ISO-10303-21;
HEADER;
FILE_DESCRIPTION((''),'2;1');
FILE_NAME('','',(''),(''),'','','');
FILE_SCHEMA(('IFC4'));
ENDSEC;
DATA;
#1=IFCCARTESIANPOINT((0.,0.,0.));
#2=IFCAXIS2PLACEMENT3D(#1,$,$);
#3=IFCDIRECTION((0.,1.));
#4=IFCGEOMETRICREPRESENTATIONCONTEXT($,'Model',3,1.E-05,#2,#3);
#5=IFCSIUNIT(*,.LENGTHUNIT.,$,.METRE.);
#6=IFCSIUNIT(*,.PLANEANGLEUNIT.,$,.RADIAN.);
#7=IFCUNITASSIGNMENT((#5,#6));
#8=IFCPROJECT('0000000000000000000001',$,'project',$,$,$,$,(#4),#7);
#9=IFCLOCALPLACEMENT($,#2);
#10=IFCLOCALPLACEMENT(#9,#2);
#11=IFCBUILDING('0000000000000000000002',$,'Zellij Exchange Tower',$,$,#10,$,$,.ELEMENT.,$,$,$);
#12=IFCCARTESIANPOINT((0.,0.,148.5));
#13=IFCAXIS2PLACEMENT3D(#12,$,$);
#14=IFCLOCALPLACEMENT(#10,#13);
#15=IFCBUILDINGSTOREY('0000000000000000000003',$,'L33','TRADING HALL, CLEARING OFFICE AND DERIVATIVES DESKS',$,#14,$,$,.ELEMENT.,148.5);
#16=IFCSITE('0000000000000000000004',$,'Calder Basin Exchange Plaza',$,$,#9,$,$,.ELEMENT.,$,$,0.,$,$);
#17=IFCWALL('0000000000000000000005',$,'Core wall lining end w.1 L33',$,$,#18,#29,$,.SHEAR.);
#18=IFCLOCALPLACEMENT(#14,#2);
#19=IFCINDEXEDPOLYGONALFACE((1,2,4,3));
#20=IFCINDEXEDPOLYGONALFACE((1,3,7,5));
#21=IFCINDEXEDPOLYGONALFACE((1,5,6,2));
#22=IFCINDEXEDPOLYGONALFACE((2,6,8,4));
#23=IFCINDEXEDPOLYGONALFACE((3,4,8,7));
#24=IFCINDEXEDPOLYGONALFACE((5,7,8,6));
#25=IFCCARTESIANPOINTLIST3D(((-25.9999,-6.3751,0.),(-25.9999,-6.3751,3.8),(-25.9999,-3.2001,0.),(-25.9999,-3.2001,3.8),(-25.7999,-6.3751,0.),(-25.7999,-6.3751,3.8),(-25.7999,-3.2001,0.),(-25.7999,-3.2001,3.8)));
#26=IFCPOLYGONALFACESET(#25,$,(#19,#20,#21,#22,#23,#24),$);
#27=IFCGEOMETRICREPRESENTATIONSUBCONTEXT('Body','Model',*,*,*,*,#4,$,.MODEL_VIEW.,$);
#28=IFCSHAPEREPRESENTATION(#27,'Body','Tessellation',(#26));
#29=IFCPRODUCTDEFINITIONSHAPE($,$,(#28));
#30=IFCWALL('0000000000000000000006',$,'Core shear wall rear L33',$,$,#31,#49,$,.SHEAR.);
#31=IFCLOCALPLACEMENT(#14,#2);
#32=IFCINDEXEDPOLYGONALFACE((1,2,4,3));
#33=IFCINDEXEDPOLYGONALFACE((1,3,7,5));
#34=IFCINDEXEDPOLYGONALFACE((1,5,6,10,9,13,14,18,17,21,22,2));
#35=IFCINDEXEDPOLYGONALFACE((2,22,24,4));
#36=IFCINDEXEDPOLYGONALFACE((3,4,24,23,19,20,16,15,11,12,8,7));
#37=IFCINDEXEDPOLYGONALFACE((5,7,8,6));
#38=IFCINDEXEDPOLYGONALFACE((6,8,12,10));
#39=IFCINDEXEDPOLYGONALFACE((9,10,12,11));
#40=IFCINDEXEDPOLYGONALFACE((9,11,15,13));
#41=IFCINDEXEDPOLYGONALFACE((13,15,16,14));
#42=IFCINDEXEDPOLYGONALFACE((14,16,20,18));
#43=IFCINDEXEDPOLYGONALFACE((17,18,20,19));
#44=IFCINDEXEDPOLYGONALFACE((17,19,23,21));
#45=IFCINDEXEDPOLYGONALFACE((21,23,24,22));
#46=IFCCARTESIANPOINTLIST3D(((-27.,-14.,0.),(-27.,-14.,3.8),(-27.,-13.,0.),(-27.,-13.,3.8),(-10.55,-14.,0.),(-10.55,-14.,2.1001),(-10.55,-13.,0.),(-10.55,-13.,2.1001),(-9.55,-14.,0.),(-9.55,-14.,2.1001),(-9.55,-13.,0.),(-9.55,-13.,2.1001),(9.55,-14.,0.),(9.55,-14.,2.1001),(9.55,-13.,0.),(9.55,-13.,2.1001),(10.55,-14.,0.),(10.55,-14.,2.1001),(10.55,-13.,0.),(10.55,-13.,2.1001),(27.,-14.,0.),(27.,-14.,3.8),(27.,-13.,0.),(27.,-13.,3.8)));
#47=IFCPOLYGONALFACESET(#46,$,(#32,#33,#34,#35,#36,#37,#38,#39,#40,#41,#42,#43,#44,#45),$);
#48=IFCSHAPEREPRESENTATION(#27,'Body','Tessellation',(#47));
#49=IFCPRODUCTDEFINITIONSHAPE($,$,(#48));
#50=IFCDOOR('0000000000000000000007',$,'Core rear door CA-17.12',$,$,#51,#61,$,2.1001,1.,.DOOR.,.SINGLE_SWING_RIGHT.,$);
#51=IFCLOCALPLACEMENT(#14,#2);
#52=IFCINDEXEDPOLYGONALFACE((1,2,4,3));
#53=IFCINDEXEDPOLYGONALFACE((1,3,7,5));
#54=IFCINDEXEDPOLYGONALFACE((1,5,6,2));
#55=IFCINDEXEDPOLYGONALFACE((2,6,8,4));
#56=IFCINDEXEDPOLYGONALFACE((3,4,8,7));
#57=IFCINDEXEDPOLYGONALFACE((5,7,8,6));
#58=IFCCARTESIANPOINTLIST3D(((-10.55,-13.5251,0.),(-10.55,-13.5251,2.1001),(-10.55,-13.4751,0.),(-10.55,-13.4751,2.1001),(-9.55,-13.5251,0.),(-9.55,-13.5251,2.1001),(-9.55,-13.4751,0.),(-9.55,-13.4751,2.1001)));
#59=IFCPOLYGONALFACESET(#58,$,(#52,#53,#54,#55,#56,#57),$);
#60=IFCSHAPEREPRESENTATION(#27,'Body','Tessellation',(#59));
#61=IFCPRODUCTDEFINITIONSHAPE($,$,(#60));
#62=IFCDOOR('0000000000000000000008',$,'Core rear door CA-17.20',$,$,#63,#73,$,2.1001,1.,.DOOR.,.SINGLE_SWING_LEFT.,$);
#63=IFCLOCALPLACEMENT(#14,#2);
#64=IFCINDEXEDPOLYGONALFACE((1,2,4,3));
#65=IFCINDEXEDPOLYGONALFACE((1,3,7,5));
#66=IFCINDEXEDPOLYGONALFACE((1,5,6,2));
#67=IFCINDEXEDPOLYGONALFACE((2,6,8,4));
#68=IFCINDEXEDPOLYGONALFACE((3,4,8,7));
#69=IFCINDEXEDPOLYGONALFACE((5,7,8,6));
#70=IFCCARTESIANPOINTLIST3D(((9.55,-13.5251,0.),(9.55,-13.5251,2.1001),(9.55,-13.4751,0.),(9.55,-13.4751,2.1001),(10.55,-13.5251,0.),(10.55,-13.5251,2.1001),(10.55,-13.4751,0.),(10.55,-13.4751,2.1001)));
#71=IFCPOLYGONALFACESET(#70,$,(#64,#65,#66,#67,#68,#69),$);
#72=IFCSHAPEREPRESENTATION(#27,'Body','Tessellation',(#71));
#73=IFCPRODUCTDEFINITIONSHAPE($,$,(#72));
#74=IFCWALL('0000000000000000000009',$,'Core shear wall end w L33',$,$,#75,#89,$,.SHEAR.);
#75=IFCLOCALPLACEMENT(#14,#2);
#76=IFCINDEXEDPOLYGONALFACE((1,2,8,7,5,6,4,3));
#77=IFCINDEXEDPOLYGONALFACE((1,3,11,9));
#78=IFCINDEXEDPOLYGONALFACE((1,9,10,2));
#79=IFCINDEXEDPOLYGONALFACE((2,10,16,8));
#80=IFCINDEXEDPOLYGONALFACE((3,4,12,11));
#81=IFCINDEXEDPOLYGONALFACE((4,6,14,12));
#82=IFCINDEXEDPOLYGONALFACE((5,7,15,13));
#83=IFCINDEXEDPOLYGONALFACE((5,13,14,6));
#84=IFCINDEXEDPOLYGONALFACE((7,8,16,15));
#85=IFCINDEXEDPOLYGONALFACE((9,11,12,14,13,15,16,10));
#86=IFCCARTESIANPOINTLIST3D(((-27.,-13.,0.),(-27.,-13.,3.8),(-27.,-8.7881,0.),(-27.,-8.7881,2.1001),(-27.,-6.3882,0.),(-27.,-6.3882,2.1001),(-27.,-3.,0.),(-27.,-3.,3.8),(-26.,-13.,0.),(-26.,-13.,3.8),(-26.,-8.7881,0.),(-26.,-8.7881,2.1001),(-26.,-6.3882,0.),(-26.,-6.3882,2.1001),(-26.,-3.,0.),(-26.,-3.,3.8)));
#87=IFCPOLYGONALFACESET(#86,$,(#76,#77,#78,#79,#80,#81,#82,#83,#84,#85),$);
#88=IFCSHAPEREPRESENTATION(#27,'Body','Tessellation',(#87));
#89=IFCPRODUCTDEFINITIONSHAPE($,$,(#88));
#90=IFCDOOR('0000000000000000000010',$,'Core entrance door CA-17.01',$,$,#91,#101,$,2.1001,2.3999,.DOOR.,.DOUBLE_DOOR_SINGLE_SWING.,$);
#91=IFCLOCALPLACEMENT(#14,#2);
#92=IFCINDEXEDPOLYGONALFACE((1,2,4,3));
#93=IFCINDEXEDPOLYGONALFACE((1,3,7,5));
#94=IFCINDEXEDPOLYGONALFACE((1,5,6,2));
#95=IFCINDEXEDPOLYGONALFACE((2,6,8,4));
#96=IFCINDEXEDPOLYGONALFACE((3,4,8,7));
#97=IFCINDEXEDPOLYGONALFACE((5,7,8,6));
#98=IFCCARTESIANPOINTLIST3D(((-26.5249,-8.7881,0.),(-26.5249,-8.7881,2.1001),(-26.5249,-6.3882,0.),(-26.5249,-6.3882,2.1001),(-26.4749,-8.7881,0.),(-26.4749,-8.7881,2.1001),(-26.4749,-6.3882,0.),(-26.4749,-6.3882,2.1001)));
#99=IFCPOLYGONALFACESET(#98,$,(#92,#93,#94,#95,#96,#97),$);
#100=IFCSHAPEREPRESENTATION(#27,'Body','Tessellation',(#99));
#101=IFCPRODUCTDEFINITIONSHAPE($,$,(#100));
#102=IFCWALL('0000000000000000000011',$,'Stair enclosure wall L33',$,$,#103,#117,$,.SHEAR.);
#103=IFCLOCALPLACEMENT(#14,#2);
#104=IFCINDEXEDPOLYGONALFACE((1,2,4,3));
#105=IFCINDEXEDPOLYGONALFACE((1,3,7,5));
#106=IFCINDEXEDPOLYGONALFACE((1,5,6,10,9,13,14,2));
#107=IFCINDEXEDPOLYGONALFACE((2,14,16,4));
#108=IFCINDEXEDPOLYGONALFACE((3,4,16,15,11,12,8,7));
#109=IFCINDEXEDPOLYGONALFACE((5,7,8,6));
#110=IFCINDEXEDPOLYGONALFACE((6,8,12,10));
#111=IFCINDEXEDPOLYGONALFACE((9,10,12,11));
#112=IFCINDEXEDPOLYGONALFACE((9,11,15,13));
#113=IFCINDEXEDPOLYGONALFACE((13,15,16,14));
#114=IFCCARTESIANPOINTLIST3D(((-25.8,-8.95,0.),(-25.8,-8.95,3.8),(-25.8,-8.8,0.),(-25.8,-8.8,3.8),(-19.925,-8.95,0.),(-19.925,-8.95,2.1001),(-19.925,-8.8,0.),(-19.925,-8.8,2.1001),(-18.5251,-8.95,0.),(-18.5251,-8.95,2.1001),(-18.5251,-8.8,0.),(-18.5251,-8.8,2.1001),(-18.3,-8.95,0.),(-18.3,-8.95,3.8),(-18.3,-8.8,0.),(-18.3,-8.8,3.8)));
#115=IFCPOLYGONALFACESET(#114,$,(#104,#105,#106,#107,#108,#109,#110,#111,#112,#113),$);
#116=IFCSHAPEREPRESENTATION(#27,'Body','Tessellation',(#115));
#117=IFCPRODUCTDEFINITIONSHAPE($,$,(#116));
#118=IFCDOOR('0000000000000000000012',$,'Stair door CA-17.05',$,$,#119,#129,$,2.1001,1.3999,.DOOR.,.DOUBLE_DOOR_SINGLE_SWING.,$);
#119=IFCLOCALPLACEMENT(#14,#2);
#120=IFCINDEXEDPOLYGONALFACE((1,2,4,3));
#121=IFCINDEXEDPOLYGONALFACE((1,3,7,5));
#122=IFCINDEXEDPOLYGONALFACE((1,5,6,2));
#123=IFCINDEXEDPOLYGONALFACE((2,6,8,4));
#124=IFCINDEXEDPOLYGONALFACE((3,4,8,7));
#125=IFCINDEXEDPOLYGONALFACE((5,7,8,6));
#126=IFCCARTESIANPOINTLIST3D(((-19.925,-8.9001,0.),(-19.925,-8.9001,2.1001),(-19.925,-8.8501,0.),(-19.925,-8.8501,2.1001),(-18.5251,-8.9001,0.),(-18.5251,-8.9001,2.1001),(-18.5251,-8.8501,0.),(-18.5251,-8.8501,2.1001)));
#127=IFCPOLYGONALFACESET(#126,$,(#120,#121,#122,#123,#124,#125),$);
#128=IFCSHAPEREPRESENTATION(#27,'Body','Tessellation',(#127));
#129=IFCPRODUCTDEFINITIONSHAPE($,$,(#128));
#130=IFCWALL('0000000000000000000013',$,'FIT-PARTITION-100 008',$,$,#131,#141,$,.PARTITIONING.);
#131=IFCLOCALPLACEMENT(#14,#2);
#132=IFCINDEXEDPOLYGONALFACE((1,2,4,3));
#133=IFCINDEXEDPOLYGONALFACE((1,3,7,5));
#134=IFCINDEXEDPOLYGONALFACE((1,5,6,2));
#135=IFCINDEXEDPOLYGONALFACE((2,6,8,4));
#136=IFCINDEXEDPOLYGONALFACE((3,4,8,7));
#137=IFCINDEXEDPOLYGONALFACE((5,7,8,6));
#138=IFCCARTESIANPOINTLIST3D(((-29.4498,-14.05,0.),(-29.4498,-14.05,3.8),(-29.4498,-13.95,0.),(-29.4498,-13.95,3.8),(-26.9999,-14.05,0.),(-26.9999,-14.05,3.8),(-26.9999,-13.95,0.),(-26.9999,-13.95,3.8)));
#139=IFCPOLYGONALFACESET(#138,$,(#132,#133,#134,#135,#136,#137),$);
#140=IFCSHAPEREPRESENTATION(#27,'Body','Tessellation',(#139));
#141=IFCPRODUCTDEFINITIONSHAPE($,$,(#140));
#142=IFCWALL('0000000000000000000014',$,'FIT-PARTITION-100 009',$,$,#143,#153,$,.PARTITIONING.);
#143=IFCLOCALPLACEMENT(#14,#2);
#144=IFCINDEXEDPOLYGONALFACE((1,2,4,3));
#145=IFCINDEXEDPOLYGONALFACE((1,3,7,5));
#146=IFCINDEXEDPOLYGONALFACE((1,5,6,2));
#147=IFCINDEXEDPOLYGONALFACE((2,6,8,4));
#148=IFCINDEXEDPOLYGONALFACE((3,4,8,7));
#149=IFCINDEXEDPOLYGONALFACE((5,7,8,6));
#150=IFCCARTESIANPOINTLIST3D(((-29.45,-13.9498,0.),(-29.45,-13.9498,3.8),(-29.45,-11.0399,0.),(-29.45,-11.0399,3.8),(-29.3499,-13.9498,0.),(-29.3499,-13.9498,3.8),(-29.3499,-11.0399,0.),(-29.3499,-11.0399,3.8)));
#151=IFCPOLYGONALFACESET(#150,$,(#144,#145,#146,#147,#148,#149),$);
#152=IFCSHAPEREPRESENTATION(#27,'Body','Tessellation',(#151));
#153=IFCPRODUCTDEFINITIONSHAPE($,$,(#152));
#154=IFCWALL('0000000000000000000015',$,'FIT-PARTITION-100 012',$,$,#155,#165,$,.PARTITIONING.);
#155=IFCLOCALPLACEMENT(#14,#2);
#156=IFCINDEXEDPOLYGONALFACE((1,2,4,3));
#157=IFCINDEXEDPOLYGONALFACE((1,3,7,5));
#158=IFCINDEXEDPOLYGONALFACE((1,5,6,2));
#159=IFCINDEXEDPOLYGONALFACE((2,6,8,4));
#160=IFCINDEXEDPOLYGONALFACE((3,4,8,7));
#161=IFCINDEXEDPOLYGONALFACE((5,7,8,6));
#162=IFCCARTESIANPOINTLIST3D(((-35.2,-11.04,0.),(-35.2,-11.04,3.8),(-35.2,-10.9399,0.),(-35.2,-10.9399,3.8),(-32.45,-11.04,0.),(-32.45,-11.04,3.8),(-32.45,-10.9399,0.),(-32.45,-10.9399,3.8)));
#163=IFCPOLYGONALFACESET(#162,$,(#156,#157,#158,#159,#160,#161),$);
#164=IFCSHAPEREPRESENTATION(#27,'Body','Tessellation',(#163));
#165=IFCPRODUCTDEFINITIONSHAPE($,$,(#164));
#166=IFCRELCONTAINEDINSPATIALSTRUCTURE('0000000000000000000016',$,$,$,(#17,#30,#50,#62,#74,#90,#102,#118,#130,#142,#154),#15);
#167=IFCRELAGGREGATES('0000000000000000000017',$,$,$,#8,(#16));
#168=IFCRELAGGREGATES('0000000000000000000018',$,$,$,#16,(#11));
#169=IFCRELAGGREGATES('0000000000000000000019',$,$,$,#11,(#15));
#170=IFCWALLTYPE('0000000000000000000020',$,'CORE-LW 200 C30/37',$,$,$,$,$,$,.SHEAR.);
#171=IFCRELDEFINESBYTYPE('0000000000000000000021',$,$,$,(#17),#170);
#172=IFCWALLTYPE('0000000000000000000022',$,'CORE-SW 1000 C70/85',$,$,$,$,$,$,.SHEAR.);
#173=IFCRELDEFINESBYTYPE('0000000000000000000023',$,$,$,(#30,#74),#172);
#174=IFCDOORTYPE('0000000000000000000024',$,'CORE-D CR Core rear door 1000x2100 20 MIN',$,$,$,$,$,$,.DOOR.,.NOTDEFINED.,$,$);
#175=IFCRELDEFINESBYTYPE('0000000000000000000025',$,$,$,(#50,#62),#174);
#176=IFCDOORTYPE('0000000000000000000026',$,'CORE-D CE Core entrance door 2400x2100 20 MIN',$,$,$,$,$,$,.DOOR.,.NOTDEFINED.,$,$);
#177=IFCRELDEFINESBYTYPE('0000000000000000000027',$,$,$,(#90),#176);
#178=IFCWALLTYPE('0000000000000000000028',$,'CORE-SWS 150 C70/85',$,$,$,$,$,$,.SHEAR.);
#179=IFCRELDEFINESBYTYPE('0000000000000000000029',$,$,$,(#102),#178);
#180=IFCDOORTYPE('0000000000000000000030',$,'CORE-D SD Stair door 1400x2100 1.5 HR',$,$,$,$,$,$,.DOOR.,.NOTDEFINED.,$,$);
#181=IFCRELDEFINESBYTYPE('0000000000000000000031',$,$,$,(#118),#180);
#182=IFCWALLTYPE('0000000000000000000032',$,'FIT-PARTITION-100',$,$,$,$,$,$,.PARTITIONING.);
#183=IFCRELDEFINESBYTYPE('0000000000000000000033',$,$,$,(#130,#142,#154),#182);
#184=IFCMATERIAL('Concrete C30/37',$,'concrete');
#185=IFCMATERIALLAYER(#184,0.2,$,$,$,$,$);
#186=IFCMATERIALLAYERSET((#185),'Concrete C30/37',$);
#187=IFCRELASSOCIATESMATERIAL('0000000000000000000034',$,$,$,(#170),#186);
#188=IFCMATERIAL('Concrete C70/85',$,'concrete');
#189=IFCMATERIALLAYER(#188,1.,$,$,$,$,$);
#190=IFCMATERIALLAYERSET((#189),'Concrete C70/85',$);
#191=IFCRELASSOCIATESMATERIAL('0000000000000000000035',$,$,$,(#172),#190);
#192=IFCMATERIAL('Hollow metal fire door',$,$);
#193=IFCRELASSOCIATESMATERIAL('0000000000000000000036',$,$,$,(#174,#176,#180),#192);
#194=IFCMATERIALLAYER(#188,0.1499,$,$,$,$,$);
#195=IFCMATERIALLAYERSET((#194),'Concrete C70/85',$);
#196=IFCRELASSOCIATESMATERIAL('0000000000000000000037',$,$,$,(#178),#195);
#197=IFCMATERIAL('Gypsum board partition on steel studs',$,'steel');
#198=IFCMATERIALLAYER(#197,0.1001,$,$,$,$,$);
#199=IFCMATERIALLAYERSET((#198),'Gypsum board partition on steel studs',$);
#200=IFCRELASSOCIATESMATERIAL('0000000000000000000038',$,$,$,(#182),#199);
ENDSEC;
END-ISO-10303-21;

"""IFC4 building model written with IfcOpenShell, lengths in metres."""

from ifc_helpers import new_model, si_unit, direction, frame, frame_2d, origin, place, context, subcontext, project, spatial, rectangle, extrude, material, layer, layer_set, type_object, element, fill, save


model = new_model("IFC4")

# Units and contexts
model_context = context("Model", 3, precision=1e-05, world=origin(), true_north=direction((0.0, 1.0)))
body_context = subcontext(model_context, "Body", "Model", "MODEL_VIEW")
ifc_project = project(units=[si_unit("LENGTHUNIT", "METRE"), si_unit("PLANEANGLEUNIT", "RADIAN")], contexts=[model_context])

# Site, building, storey
site_placement = place(None, origin())
site = spatial("IfcSite", under=ifc_project, at=site_placement, Name="Calder Basin Exchange Plaza", CompositionType="ELEMENT", RefElevation=0.0)
building_placement = place(site_placement, origin())
building = spatial("IfcBuilding", under=site, at=building_placement, Name="Zellij Exchange Tower", CompositionType="ELEMENT")
storey_placement = place(building_placement, frame((0.0, 0.0, 148.5)))
storey = spatial("IfcBuildingStorey", under=building, at=storey_placement, Name="L33", Description="TRADING HALL, CLEARING OFFICE AND DERIVATIVES DESKS", CompositionType="ELEMENT", Elevation=148.5)

# Shared definitions
ifc_material_1 = material(Name="Concrete C70/85", Category="concrete")

# Wall
ifc_material_2 = material(Name="Concrete C30/37", Category="concrete")
ifc_layer_1 = layer(ifc_material_2, 0.2)
ifc_layer_set_1 = layer_set([ifc_layer_1], Name="Concrete C30/37")
wall_type_1 = type_object("IfcWallType", Name="CORE-LW 200 C30/37", PredefinedType="SHEAR", material=ifc_layer_set_1)
wall_1_placement = place(storey_placement, frame((-25.8999, -6.375, 0.0), z_axis=(0.0, 0.0, 1.0), x_axis=(0.0, 1.0, 0.0)))
element("IfcWall", 1, at=wall_1_placement, inside=storey, type_object=wall_type_1, Name="Core wall lining end w.1 L33", PredefinedType="SHEAR", context=body_context, shape_type="SweptSolid", body=[
    extrude(rectangle(XDim=3.175, YDim=0.2, at=frame_2d((1.5874, 0.0))), origin(), (0.0, 0.0, 1.0), 3.8),
])

# Wall, openings, doors
ifc_layer_2 = layer(ifc_material_1, 1.0)
ifc_layer_set_2 = layer_set([ifc_layer_2], Name="Concrete C70/85")
wall_type_2 = type_object("IfcWallType", Name="CORE-SW 1000 C70/85", PredefinedType="SHEAR", material=ifc_layer_set_2)
wall_2_placement = place(storey_placement, frame((-27.0, -13.5, 0.0), z_axis=(0.0, 0.0, 1.0), x_axis=(1.0, 0.0, 0.0)))
wall_2 = element("IfcWall", 2, at=wall_2_placement, inside=storey, type_object=wall_type_2, Name="Core shear wall rear L33", PredefinedType="SHEAR", context=body_context, shape_type="SweptSolid", body=[
    extrude(rectangle(XDim=54.0, YDim=1.0, at=frame_2d((27.0, 0.0))), origin(), (0.0, 0.0, 1.0), 3.8),
])
opening_1_placement = place(wall_2_placement, frame((16.45, 0.0, 0.0)))
opening_1 = element("IfcOpeningElement", 3, at=opening_1_placement, cuts=wall_2, PredefinedType="OPENING", context=body_context, shape_type="SweptSolid", body=[
    extrude(rectangle(XDim=1.0, YDim=2.1001, at=frame_2d((0.5, 1.05))), frame((0.0, 0.512, 0.0), z_axis=(0.0, -1.0, 0.0), x_axis=(1.0, 0.0, 0.0)), (0.0, 0.0, 1.0), 1.0239),
])
opening_2_placement = place(wall_2_placement, frame((36.55, 0.0, 0.0)))
opening_2 = element("IfcOpeningElement", 4, at=opening_2_placement, cuts=wall_2, PredefinedType="OPENING", context=body_context, shape_type="SweptSolid", body=[
    extrude(rectangle(XDim=1.0, YDim=2.1001, at=frame_2d((0.5, 1.05))), frame((0.0, 0.512, 0.0), z_axis=(0.0, -1.0, 0.0), x_axis=(1.0, 0.0, 0.0)), (0.0, 0.0, 1.0), 1.0239),
])
ifc_material_3 = material(Name="Hollow metal fire door")
door_type_1 = type_object("IfcDoorType", Name="CORE-D CR Core rear door 1000x2100 20 MIN", OperationType="NOTDEFINED", PredefinedType="DOOR", material=ifc_material_3)
door_1_placement = place(opening_1_placement, origin())
door_1 = element("IfcDoor", 5, at=door_1_placement, inside=storey, type_object=door_type_1, Name="Core rear door CA-17.12", OperationType="SINGLE_SWING_RIGHT", OverallHeight=2.1001, OverallWidth=1.0, PredefinedType="DOOR", context=body_context, shape_type="SweptSolid", body=[
    extrude(rectangle(XDim=1.0, YDim=2.1001, at=frame_2d((0.5, 1.05))), frame((0.0, 0.0249, 0.0), z_axis=(0.0, -1.0, 0.0), x_axis=(1.0, 0.0, 0.0)), (0.0, 0.0, 1.0), 0.05),
])
fill(opening_1, door_1)
door_2_placement = place(opening_2_placement, origin())
door_2 = element("IfcDoor", 6, at=door_2_placement, inside=storey, type_object=door_type_1, Name="Core rear door CA-17.20", OperationType="SINGLE_SWING_LEFT", OverallHeight=2.1001, OverallWidth=1.0, PredefinedType="DOOR", context=body_context, shape_type="SweptSolid", body=[
    extrude(rectangle(XDim=1.0, YDim=2.1001, at=frame_2d((0.5, 1.05))), frame((0.0, 0.0249, 0.0), z_axis=(0.0, -1.0, 0.0), x_axis=(1.0, 0.0, 0.0)), (0.0, 0.0, 1.0), 0.05),
])
fill(opening_2, door_2)

# Walls, openings, doors
wall_3_placement = place(storey_placement, frame((-26.5, -13.0, 0.0), z_axis=(0.0, 0.0, 1.0), x_axis=(0.0, 1.0, 0.0)))
wall_3 = element("IfcWall", 7, at=wall_3_placement, inside=storey, type_object=wall_type_2, Name="Core shear wall end w L33", PredefinedType="SHEAR", context=body_context, shape_type="SweptSolid", body=[
    extrude(rectangle(XDim=10.0, YDim=1.0, at=frame_2d((5.0, 0.0))), origin(), (0.0, 0.0, 1.0), 3.8),
])
opening_3_placement = place(wall_3_placement, frame((4.2119, 0.0, 0.0)))
opening_3 = element("IfcOpeningElement", 8, at=opening_3_placement, cuts=wall_3, PredefinedType="OPENING", context=body_context, shape_type="SweptSolid", body=[
    extrude(rectangle(XDim=2.3999, YDim=2.1001, at=frame_2d((1.2, 1.05))), frame((0.0, 0.512, 0.0), z_axis=(0.0, -1.0, 0.0), x_axis=(1.0, 0.0, 0.0)), (0.0, 0.0, 1.0), 1.0239),
])
door_type_2 = type_object("IfcDoorType", Name="CORE-D CE Core entrance door 2400x2100 20 MIN", OperationType="NOTDEFINED", PredefinedType="DOOR", material=ifc_material_3)
door_3_placement = place(opening_3_placement, origin())
door_3 = element("IfcDoor", 9, at=door_3_placement, inside=storey, type_object=door_type_2, Name="Core entrance door CA-17.01", OperationType="DOUBLE_DOOR_SINGLE_SWING", OverallHeight=2.1001, OverallWidth=2.3999, PredefinedType="DOOR", context=body_context, shape_type="SweptSolid", body=[
    extrude(rectangle(XDim=2.3999, YDim=2.1001, at=frame_2d((1.2, 1.05))), frame((0.0, 0.0249, 0.0), z_axis=(0.0, -1.0, 0.0), x_axis=(1.0, 0.0, 0.0)), (0.0, 0.0, 1.0), 0.05),
])
fill(opening_3, door_3)
ifc_layer_3 = layer(ifc_material_1, 0.1499)
ifc_layer_set_3 = layer_set([ifc_layer_3], Name="Concrete C70/85")
wall_type_3 = type_object("IfcWallType", Name="CORE-SWS 150 C70/85", PredefinedType="SHEAR", material=ifc_layer_set_3)
wall_4_placement = place(storey_placement, frame((-25.8, -8.875, 0.0), z_axis=(0.0, 0.0, 1.0), x_axis=(1.0, 0.0, 0.0)))
wall_4 = element("IfcWall", 10, at=wall_4_placement, inside=storey, type_object=wall_type_3, Name="Stair enclosure wall L33", PredefinedType="SHEAR", context=body_context, shape_type="SweptSolid", body=[
    extrude(rectangle(XDim=7.5, YDim=0.1499, at=frame_2d((3.75, 0.0))), origin(), (0.0, 0.0, 1.0), 3.8),
])
opening_4_placement = place(wall_4_placement, frame((5.875, 0.0, 0.0)))
opening_4 = element("IfcOpeningElement", 11, at=opening_4_placement, cuts=wall_4, PredefinedType="OPENING", context=body_context, shape_type="SweptSolid", body=[
    extrude(rectangle(XDim=1.3999, YDim=2.1001, at=frame_2d((0.7, 1.05))), frame((0.0, 0.0869, 0.0), z_axis=(0.0, -1.0, 0.0), x_axis=(1.0, 0.0, 0.0)), (0.0, 0.0, 1.0), 0.1738),
])
door_type_3 = type_object("IfcDoorType", Name="CORE-D SD Stair door 1400x2100 1.5 HR", OperationType="NOTDEFINED", PredefinedType="DOOR", material=ifc_material_3)
door_4_placement = place(opening_4_placement, origin())
door_4 = element("IfcDoor", 12, at=door_4_placement, inside=storey, type_object=door_type_3, Name="Stair door CA-17.05", OperationType="DOUBLE_DOOR_SINGLE_SWING", OverallHeight=2.1001, OverallWidth=1.3999, PredefinedType="DOOR", context=body_context, shape_type="SweptSolid", body=[
    extrude(rectangle(XDim=1.3999, YDim=2.1001, at=frame_2d((0.7, 1.05))), frame((0.0, 0.0249, 0.0), z_axis=(0.0, -1.0, 0.0), x_axis=(1.0, 0.0, 0.0)), (0.0, 0.0, 1.0), 0.05),
])
fill(opening_4, door_4)

# Walls
ifc_material_4 = material(Name="Gypsum board partition on steel studs", Category="steel")
ifc_layer_4 = layer(ifc_material_4, 0.1001)
ifc_layer_set_4 = layer_set([ifc_layer_4], Name="Gypsum board partition on steel studs")
wall_type_4 = type_object("IfcWallType", Name="FIT-PARTITION-100", PredefinedType="PARTITIONING", material=ifc_layer_set_4)
wall_5_placement = place(storey_placement, frame((-29.45, -14.0, 0.0), z_axis=(0.0, 0.0, 1.0), x_axis=(1.0, 0.0, 0.0)))
element("IfcWall", 13, at=wall_5_placement, inside=storey, type_object=wall_type_4, Name="FIT-PARTITION-100 008", PredefinedType="PARTITIONING", context=body_context, shape_type="SweptSolid", body=[
    extrude(rectangle(XDim=2.45, YDim=0.1001, at=frame_2d((1.2251, 0.0))), origin(), (0.0, 0.0, 1.0), 3.8),
])
wall_6_placement = place(storey_placement, frame((-29.3999, -13.95, 0.0), z_axis=(0.0, 0.0, 1.0), x_axis=(0.0, 1.0, 0.0)))
element("IfcWall", 14, at=wall_6_placement, inside=storey, type_object=wall_type_4, Name="FIT-PARTITION-100 009", PredefinedType="PARTITIONING", context=body_context, shape_type="SweptSolid", body=[
    extrude(rectangle(XDim=2.9099, YDim=0.1001, at=frame_2d((1.4551, 0.0))), origin(), (0.0, 0.0, 1.0), 3.8),
])
wall_7_placement = place(storey_placement, frame((-35.2, -10.99, 0.0), z_axis=(0.0, 0.0, 1.0), x_axis=(1.0, 0.0, 0.0)))
element("IfcWall", 15, at=wall_7_placement, inside=storey, type_object=wall_type_4, Name="FIT-PARTITION-100 012", PredefinedType="PARTITIONING", context=body_context, shape_type="SweptSolid", body=[
    extrude(rectangle(XDim=2.75, YDim=0.1001, at=frame_2d((1.375, 0.0))), origin(), (0.0, 0.0, 1.0), 3.8),
])

save(model, "model.ifc")
